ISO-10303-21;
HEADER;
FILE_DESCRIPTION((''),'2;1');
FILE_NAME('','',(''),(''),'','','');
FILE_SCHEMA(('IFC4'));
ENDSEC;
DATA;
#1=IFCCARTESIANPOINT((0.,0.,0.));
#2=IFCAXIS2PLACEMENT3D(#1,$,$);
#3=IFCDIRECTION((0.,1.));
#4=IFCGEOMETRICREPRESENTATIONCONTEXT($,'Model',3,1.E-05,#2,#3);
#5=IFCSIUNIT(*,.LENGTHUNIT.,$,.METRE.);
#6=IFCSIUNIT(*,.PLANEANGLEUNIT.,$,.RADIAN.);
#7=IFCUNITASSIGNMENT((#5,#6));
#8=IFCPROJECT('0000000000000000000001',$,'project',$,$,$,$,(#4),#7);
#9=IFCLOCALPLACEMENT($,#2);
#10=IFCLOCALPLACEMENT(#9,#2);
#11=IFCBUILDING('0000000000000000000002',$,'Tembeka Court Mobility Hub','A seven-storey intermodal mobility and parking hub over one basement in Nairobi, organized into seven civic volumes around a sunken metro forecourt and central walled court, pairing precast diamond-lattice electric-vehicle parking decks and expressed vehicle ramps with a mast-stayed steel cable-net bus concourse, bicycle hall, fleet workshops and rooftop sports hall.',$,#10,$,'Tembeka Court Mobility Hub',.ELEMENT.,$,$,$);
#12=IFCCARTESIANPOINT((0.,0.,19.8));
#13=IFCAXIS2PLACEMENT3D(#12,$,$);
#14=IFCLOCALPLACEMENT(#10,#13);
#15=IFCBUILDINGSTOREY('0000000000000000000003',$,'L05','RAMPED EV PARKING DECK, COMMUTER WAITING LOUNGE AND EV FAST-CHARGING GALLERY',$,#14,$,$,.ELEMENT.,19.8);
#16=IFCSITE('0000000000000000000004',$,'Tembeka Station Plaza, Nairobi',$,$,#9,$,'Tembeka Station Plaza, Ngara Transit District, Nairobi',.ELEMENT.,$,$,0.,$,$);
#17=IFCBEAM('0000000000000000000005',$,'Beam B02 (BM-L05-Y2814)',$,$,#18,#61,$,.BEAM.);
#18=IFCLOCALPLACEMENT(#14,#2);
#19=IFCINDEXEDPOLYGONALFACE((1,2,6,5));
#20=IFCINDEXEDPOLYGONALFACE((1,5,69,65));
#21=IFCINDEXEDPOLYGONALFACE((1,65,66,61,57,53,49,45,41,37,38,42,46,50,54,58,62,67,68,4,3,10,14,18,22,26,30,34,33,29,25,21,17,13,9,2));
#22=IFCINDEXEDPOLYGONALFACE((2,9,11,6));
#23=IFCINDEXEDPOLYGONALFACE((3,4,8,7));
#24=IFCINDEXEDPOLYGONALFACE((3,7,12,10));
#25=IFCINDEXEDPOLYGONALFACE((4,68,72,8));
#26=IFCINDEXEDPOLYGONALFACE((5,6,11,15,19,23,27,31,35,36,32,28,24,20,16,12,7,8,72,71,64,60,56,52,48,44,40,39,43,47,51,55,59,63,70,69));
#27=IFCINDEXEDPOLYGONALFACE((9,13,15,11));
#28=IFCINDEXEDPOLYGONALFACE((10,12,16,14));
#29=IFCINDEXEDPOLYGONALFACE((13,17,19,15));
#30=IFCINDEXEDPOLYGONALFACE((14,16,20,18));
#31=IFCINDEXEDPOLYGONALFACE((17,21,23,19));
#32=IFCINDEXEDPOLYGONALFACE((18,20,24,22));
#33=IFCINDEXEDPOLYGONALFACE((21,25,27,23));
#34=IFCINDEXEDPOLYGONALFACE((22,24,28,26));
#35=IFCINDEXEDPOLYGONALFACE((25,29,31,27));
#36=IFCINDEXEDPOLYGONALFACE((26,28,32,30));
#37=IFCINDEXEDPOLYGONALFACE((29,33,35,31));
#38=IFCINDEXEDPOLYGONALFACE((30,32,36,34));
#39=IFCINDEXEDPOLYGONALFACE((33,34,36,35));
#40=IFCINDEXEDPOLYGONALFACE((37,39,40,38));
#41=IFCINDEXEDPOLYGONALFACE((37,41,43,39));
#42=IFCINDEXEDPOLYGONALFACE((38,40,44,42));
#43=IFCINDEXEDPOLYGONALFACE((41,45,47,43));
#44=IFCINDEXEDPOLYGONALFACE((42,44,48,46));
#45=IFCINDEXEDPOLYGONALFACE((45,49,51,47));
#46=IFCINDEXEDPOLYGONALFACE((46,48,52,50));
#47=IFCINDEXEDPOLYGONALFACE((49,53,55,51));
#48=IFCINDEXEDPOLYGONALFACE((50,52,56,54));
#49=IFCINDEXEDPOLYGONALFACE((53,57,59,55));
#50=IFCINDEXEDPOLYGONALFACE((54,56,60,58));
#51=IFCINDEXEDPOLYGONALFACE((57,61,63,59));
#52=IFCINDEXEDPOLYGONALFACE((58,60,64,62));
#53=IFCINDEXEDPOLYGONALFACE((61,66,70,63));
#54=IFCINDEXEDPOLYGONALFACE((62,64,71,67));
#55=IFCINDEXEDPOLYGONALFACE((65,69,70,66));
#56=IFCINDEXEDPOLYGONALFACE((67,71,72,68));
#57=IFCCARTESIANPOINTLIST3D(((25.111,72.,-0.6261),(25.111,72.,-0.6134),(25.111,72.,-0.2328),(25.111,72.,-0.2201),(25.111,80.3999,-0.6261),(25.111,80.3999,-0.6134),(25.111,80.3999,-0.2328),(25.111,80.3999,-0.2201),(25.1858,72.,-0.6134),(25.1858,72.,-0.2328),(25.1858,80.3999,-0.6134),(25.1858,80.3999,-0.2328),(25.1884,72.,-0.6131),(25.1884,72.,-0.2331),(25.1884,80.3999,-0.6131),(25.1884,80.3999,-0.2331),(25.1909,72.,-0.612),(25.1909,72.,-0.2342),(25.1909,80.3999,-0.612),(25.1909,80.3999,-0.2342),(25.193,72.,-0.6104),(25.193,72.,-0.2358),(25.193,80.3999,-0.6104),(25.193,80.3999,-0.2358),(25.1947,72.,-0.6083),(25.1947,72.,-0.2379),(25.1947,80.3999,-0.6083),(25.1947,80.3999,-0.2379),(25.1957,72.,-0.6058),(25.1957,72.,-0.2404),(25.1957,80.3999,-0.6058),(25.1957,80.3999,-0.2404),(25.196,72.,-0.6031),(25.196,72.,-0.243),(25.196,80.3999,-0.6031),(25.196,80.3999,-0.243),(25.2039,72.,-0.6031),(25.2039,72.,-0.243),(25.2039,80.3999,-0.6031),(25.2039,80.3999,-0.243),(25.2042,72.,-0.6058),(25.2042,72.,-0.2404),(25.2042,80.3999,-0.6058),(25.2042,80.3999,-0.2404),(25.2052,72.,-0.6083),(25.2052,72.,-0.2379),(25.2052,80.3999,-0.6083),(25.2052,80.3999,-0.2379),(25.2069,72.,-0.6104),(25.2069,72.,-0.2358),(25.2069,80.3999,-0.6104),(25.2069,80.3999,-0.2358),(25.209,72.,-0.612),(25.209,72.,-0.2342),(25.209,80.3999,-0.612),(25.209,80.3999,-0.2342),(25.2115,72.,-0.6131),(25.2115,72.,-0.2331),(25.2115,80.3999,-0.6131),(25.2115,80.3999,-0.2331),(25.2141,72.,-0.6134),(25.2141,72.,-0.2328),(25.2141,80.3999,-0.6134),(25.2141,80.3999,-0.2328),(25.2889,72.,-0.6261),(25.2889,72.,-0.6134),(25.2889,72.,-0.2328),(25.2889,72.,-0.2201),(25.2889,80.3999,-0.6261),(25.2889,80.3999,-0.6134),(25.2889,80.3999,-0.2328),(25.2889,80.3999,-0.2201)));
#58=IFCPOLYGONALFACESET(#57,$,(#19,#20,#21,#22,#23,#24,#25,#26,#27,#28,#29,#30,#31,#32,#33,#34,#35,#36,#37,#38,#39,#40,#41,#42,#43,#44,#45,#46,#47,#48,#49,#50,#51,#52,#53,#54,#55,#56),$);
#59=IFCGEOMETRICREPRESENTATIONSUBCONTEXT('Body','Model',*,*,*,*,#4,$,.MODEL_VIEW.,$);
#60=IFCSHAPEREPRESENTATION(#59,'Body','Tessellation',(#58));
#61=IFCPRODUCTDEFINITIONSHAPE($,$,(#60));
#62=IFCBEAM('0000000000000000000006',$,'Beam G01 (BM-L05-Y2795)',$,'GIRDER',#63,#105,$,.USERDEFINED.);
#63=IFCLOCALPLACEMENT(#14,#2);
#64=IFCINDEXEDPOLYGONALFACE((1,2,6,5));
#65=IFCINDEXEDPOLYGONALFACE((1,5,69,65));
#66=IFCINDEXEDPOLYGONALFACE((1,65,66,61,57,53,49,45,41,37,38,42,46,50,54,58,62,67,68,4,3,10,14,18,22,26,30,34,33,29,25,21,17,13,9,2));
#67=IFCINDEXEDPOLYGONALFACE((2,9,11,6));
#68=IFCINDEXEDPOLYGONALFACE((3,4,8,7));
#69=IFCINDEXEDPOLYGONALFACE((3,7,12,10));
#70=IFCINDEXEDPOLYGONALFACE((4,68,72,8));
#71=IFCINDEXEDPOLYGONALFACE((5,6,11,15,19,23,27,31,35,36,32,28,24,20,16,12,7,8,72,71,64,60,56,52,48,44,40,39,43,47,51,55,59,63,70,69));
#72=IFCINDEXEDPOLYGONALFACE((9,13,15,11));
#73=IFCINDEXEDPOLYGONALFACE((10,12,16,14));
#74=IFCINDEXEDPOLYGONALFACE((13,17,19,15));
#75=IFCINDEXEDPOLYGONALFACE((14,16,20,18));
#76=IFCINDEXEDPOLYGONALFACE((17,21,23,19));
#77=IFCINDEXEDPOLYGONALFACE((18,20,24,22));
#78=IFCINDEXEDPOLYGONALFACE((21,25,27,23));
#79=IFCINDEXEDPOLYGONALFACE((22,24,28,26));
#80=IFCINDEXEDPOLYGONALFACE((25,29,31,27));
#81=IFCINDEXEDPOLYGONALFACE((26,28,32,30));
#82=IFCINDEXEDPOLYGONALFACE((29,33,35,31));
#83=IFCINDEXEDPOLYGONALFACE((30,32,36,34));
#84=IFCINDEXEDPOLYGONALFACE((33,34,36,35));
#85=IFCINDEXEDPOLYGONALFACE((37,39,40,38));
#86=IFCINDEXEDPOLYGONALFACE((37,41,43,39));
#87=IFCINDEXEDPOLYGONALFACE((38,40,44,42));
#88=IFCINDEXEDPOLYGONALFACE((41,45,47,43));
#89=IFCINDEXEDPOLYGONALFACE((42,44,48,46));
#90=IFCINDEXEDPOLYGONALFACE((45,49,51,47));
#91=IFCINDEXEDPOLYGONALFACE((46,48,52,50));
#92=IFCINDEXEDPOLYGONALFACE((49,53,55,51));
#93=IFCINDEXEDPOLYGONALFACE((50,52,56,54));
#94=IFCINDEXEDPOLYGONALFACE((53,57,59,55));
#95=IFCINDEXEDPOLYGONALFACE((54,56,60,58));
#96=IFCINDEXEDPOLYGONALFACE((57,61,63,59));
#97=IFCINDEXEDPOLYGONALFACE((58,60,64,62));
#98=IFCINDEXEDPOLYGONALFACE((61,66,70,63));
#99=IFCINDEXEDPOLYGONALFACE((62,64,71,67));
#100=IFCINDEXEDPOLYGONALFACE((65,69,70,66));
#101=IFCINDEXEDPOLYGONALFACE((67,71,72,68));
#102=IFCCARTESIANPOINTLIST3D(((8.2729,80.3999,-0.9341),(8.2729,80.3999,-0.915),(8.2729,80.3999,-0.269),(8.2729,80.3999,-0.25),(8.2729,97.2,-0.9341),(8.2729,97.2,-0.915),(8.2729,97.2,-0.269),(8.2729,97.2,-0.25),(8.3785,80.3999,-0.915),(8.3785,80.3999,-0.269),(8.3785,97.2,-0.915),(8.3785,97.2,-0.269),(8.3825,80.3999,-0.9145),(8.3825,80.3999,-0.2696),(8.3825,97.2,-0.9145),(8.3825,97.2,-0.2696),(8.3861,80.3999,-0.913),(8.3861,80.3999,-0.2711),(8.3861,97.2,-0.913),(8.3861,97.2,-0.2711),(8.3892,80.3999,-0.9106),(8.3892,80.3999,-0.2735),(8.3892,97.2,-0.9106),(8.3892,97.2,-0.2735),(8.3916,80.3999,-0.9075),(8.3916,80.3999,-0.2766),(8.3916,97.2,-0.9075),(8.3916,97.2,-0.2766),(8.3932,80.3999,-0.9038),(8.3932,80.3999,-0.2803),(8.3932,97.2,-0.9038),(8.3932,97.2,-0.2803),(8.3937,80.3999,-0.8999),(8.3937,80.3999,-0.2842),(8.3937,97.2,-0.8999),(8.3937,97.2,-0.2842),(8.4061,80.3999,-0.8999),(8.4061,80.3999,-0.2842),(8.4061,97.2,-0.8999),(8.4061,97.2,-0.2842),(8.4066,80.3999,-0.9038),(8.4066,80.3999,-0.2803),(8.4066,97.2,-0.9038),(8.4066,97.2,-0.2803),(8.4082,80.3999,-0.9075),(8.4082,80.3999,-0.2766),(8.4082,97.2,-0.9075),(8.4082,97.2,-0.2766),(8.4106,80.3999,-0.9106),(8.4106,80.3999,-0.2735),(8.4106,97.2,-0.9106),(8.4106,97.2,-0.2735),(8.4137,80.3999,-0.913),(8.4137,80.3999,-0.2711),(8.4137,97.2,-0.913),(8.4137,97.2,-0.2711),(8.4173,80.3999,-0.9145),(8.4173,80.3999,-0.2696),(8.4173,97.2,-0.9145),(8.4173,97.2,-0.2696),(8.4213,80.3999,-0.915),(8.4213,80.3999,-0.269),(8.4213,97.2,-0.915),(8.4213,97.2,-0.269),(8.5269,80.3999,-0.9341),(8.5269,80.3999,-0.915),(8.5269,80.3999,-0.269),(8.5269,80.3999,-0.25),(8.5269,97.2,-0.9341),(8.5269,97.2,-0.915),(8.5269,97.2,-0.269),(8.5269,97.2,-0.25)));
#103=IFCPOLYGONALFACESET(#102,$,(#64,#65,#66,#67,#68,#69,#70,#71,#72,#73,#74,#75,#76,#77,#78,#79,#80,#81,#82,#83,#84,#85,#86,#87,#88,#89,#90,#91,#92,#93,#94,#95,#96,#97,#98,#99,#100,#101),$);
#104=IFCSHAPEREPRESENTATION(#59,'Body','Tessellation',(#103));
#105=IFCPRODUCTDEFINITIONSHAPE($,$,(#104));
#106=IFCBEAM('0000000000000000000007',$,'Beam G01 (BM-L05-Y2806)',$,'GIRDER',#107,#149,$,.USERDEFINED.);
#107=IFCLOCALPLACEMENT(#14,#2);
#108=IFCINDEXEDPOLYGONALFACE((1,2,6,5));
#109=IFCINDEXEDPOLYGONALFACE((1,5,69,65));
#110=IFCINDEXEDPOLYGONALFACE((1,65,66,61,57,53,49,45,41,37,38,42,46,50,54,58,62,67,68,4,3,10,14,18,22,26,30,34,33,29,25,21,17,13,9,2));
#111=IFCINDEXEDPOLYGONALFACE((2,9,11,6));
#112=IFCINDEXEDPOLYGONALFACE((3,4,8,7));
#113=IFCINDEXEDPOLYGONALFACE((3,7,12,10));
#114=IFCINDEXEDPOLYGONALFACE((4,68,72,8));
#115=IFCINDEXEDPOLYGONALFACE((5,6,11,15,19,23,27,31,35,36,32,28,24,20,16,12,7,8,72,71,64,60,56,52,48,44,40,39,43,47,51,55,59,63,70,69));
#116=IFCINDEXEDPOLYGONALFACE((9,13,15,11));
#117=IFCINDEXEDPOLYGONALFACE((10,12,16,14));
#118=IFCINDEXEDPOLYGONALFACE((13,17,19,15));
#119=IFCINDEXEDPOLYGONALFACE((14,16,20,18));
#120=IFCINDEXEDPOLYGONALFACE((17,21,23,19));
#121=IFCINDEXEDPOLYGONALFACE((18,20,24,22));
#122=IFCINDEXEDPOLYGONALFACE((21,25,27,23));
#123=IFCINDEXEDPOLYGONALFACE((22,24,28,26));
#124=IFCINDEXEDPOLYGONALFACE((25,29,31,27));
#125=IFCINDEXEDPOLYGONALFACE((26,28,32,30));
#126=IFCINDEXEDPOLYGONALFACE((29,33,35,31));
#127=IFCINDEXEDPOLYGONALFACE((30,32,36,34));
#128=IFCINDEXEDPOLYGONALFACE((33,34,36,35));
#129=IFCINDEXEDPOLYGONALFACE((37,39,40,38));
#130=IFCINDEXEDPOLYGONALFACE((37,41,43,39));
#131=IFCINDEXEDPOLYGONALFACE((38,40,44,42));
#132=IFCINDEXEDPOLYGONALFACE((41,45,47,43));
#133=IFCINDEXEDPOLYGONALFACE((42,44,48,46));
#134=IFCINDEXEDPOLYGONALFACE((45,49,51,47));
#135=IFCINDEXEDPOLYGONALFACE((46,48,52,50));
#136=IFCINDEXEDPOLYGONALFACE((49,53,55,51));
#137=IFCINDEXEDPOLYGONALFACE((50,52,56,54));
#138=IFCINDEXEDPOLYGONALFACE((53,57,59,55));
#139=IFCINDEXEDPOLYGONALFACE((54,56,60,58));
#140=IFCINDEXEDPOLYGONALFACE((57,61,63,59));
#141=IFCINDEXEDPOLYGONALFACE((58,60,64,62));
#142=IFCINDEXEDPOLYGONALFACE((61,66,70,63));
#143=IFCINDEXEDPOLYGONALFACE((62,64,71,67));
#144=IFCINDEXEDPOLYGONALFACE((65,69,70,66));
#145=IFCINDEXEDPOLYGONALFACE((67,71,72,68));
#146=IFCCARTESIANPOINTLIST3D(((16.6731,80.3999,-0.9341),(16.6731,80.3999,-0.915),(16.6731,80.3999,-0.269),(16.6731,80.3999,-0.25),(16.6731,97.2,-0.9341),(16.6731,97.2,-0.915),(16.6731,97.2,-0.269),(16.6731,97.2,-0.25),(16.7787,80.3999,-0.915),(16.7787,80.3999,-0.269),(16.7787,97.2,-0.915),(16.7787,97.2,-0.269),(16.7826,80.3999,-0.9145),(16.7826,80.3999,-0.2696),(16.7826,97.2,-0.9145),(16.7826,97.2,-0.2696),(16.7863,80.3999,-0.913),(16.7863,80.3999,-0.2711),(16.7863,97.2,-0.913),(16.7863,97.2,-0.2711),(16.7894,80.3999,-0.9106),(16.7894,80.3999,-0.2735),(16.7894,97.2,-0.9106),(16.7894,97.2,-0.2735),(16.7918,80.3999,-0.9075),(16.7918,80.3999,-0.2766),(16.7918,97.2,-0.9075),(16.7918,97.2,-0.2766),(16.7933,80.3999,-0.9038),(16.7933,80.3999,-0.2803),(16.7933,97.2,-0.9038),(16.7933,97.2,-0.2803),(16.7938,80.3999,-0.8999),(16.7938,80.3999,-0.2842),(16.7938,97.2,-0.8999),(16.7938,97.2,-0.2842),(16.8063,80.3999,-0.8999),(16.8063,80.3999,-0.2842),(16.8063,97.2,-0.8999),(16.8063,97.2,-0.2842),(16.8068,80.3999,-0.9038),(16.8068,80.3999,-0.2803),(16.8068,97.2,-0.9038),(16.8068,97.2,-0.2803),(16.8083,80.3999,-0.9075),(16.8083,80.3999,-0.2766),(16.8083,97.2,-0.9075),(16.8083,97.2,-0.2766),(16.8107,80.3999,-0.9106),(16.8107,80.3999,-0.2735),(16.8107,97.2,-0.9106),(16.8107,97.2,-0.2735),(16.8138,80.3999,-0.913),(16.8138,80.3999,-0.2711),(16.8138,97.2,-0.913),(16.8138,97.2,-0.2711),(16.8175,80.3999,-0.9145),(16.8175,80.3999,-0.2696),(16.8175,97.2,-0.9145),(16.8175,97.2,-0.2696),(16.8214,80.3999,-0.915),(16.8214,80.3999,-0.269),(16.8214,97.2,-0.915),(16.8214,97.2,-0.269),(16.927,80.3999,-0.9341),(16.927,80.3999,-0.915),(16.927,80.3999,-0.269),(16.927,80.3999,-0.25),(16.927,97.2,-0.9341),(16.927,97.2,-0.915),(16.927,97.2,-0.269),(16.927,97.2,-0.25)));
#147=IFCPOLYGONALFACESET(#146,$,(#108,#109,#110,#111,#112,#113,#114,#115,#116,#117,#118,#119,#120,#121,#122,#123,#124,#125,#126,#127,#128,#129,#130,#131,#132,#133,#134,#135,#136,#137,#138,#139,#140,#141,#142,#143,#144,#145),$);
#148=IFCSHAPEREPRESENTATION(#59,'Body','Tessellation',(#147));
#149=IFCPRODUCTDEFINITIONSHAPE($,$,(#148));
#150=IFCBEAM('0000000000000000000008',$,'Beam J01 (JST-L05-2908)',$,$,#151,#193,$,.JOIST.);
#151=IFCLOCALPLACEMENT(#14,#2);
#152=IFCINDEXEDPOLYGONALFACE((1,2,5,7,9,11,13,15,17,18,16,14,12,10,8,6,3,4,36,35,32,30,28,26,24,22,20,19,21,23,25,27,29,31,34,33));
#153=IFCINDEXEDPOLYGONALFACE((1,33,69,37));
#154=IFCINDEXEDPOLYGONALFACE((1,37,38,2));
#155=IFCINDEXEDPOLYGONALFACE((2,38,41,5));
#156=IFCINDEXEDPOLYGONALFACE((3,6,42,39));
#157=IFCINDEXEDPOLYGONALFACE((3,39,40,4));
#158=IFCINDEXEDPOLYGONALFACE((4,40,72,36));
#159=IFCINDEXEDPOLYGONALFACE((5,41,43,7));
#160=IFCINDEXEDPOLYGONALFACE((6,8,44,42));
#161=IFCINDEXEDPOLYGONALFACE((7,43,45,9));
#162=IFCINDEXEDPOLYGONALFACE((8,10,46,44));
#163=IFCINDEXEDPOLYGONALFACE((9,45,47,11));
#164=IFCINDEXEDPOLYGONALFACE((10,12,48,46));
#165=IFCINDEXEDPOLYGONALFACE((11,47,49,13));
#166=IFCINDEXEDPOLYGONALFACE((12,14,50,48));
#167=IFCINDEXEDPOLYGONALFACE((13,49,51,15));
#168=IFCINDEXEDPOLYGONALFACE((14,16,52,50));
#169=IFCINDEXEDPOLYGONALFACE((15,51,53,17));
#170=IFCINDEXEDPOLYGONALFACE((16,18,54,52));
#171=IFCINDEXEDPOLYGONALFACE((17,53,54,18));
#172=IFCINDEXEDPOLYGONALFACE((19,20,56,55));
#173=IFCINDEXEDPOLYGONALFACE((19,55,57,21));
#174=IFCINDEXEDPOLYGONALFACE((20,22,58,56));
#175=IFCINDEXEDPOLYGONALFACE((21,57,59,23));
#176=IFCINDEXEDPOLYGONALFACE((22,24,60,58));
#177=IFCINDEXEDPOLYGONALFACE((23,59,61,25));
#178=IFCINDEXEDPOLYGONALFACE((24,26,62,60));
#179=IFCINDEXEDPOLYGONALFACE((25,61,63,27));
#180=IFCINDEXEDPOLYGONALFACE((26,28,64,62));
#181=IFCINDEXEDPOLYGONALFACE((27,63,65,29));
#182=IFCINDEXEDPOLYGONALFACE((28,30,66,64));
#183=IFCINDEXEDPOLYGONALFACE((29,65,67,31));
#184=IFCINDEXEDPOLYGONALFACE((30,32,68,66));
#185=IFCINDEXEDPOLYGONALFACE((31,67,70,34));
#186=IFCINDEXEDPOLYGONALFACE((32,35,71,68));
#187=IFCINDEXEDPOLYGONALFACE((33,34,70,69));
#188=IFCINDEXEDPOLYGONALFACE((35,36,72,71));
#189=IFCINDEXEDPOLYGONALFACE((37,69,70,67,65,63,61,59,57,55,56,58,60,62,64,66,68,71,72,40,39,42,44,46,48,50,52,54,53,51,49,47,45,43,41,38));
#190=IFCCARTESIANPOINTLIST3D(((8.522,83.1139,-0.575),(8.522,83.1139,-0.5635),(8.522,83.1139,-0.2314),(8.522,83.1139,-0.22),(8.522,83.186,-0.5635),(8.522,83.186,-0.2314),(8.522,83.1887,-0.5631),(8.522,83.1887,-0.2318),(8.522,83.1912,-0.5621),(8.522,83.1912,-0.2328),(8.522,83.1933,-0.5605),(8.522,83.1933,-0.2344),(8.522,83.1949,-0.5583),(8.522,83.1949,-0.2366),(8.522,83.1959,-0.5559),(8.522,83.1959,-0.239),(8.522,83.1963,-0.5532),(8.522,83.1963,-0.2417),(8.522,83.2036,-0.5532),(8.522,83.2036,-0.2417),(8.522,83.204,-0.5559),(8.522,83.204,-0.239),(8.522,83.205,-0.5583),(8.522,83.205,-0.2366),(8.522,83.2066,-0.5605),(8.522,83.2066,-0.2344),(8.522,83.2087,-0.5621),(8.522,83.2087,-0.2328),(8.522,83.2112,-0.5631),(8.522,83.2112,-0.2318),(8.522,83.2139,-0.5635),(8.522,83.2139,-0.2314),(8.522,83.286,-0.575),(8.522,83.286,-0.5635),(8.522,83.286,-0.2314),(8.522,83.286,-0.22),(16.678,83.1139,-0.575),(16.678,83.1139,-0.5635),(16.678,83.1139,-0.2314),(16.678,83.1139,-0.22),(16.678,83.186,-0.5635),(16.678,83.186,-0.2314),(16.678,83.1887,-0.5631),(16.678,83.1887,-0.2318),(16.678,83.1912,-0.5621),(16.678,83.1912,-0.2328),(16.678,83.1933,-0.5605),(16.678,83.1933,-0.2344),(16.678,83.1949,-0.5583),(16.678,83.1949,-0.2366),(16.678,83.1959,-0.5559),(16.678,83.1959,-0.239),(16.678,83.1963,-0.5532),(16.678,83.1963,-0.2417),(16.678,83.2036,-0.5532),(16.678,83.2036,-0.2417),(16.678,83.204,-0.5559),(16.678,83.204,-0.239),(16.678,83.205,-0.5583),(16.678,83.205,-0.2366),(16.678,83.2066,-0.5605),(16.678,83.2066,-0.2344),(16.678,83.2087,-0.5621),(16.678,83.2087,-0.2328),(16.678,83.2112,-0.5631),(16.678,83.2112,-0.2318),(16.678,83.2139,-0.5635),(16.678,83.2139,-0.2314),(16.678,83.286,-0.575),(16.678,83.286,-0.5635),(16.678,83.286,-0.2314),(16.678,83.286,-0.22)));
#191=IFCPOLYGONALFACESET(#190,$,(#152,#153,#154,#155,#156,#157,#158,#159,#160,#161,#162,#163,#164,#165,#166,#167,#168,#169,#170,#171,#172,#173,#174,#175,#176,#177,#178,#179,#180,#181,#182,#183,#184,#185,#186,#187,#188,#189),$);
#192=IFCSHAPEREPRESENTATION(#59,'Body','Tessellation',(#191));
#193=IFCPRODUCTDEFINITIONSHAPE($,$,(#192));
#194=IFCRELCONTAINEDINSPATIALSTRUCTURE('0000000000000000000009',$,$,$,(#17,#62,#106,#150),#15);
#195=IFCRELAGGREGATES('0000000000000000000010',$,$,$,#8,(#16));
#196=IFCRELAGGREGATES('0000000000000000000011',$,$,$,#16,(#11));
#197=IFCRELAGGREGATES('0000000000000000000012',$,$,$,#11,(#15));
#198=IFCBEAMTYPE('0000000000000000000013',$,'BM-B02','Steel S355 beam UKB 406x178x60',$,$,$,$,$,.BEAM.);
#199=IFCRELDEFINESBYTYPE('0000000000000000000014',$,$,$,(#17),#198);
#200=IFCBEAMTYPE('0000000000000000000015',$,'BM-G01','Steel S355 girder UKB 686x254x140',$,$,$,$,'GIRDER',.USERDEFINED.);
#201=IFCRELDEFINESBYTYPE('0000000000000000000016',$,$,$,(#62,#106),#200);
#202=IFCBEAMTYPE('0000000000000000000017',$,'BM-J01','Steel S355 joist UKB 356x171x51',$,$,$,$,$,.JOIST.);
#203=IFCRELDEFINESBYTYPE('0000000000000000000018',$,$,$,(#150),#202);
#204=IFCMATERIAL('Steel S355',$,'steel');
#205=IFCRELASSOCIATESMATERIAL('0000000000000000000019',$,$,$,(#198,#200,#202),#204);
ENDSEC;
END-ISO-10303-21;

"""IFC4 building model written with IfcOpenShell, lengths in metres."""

from ifc_helpers import new_model, si_unit, direction, frame, origin, origin_2d, place, context, subcontext, project, spatial, i_section, extrude, material, material_profile, profile_set, type_object, element, save


model = new_model("IFC4")

# Units and contexts
model_context = context("Model", 3, precision=1e-05, world=origin(), true_north=direction((0.0, 1.0)))
body_context = subcontext(model_context, "Body", "Model", "MODEL_VIEW")
ifc_project = project(units=[si_unit("LENGTHUNIT", "METRE"), si_unit("PLANEANGLEUNIT", "RADIAN")], contexts=[model_context])

# Site, building, storey
site_placement = place(None, origin())
site = spatial("IfcSite", under=ifc_project, at=site_placement, Name="Tembeka Station Plaza, Nairobi", LongName="Tembeka Station Plaza, Ngara Transit District, Nairobi", CompositionType="ELEMENT", RefElevation=0.0)
building_placement = place(site_placement, origin())
building = spatial("IfcBuilding", under=site, at=building_placement, Name="Tembeka Court Mobility Hub", Description="A seven-storey intermodal mobility and parking hub over one basement in Nairobi, organized into seven civic volumes around a sunken metro forecourt and central walled court, pairing precast diamond-lattice electric-vehicle parking decks and expressed vehicle ramps with a mast-stayed steel cable-net bus concourse, bicycle hall, fleet workshops and rooftop sports hall.", LongName="Tembeka Court Mobility Hub", CompositionType="ELEMENT")
storey_placement = place(building_placement, frame((0.0, 0.0, 19.8)))
storey = spatial("IfcBuildingStorey", under=building, at=storey_placement, Name="L05", Description="RAMPED EV PARKING DECK, COMMUTER WAITING LOUNGE AND EV FAST-CHARGING GALLERY", CompositionType="ELEMENT", Elevation=19.8)

# Shared definitions
ifc_material_1 = material(Name="Steel S355", Category="steel")

# Beams
ifc_material_profile_1 = material_profile(ifc_material_1, i_section(OverallWidth=0.178, OverallDepth=0.406, WebThickness=0.0078, FlangeThickness=0.0127, FilletRadius=0.0103, at=origin_2d()), Name="UKB 406x178x60")
ifc_profile_set_1 = profile_set([ifc_material_profile_1], Name="Steel S355")
beam_type_1 = type_object("IfcBeamType", Name="BM-B02", Description="Steel S355 beam UKB 406x178x60", PredefinedType="BEAM", material=ifc_profile_set_1)
for number, where, z_axis, x_axis, name in (
    (1, (25.2, 72.0, -0.4231), (0.0, 1.0, 0.0), (-1.0, 0.0, 0.0), "Beam B02 (BM-L05-Y2814)"),
):
    element("IfcBeam", number, at=place(storey_placement, frame(where, z_axis=z_axis, x_axis=x_axis)), inside=storey, type_object=beam_type_1, Name=name, PredefinedType="BEAM", context=body_context, shape_type="SweptSolid", body=[
        extrude(i_section(OverallWidth=0.178, OverallDepth=0.406, WebThickness=0.0078, FlangeThickness=0.0127, FilletRadius=0.0103, at=origin_2d()), origin(), (0.0, 0.0, 1.0), 8.3999),
    ])
ifc_material_profile_2 = material_profile(ifc_material_1, i_section(OverallWidth=0.2539, OverallDepth=0.6841, WebThickness=0.0125, FlangeThickness=0.019, FilletRadius=0.0151, at=origin_2d()), Name="UKB 686x254x140")
ifc_profile_set_2 = profile_set([ifc_material_profile_2], Name="Steel S355")
beam_type_2 = type_object("IfcBeamType", Name="BM-G01", Description="Steel S355 girder UKB 686x254x140", ElementType="GIRDER", PredefinedType="USERDEFINED", material=ifc_profile_set_2)
for number, where, z_axis, x_axis, name in (
    (2, (8.3999, 80.3999, -0.592), (0.0, 1.0, 0.0), (-1.0, 0.0, 0.0), "Beam G01 (BM-L05-Y2795)"),
    (3, (16.8, 80.3999, -0.592), (0.0, 1.0, 0.0), (-1.0, 0.0, 0.0), "Beam G01 (BM-L05-Y2806)"),
):
    element("IfcBeam", number, at=place(storey_placement, frame(where, z_axis=z_axis, x_axis=x_axis)), inside=storey, type_object=beam_type_2, Name=name, ObjectType="GIRDER", PredefinedType="USERDEFINED", context=body_context, shape_type="SweptSolid", body=[
        extrude(i_section(OverallWidth=0.2539, OverallDepth=0.6841, WebThickness=0.0125, FlangeThickness=0.019, FilletRadius=0.0151, at=origin_2d()), origin(), (0.0, 0.0, 1.0), 16.8),
    ])
ifc_material_profile_3 = material_profile(ifc_material_1, i_section(OverallWidth=0.1721, OverallDepth=0.355, WebThickness=0.0073, FlangeThickness=0.0115, FilletRadius=0.0103, at=origin_2d()), Name="UKB 356x171x51")
ifc_profile_set_3 = profile_set([ifc_material_profile_3], Name="Steel S355")
beam_type_3 = type_object("IfcBeamType", Name="BM-J01", Description="Steel S355 joist UKB 356x171x51", PredefinedType="JOIST", material=ifc_profile_set_3)
for number, where, z_axis, x_axis, name in (
    (4, (8.522, 83.2, -0.3975), (1.0, 0.0, 0.0), (0.0, 1.0, 0.0), "Beam J01 (JST-L05-2908)"),
):
    element("IfcBeam", number, at=place(storey_placement, frame(where, z_axis=z_axis, x_axis=x_axis)), inside=storey, type_object=beam_type_3, Name=name, PredefinedType="JOIST", context=body_context, shape_type="SweptSolid", body=[
        extrude(i_section(OverallWidth=0.1721, OverallDepth=0.355, WebThickness=0.0073, FlangeThickness=0.0115, FilletRadius=0.0103, at=origin_2d()), origin(), (0.0, 0.0, 1.0), 8.156),
    ])

save(model, "model.ifc")
